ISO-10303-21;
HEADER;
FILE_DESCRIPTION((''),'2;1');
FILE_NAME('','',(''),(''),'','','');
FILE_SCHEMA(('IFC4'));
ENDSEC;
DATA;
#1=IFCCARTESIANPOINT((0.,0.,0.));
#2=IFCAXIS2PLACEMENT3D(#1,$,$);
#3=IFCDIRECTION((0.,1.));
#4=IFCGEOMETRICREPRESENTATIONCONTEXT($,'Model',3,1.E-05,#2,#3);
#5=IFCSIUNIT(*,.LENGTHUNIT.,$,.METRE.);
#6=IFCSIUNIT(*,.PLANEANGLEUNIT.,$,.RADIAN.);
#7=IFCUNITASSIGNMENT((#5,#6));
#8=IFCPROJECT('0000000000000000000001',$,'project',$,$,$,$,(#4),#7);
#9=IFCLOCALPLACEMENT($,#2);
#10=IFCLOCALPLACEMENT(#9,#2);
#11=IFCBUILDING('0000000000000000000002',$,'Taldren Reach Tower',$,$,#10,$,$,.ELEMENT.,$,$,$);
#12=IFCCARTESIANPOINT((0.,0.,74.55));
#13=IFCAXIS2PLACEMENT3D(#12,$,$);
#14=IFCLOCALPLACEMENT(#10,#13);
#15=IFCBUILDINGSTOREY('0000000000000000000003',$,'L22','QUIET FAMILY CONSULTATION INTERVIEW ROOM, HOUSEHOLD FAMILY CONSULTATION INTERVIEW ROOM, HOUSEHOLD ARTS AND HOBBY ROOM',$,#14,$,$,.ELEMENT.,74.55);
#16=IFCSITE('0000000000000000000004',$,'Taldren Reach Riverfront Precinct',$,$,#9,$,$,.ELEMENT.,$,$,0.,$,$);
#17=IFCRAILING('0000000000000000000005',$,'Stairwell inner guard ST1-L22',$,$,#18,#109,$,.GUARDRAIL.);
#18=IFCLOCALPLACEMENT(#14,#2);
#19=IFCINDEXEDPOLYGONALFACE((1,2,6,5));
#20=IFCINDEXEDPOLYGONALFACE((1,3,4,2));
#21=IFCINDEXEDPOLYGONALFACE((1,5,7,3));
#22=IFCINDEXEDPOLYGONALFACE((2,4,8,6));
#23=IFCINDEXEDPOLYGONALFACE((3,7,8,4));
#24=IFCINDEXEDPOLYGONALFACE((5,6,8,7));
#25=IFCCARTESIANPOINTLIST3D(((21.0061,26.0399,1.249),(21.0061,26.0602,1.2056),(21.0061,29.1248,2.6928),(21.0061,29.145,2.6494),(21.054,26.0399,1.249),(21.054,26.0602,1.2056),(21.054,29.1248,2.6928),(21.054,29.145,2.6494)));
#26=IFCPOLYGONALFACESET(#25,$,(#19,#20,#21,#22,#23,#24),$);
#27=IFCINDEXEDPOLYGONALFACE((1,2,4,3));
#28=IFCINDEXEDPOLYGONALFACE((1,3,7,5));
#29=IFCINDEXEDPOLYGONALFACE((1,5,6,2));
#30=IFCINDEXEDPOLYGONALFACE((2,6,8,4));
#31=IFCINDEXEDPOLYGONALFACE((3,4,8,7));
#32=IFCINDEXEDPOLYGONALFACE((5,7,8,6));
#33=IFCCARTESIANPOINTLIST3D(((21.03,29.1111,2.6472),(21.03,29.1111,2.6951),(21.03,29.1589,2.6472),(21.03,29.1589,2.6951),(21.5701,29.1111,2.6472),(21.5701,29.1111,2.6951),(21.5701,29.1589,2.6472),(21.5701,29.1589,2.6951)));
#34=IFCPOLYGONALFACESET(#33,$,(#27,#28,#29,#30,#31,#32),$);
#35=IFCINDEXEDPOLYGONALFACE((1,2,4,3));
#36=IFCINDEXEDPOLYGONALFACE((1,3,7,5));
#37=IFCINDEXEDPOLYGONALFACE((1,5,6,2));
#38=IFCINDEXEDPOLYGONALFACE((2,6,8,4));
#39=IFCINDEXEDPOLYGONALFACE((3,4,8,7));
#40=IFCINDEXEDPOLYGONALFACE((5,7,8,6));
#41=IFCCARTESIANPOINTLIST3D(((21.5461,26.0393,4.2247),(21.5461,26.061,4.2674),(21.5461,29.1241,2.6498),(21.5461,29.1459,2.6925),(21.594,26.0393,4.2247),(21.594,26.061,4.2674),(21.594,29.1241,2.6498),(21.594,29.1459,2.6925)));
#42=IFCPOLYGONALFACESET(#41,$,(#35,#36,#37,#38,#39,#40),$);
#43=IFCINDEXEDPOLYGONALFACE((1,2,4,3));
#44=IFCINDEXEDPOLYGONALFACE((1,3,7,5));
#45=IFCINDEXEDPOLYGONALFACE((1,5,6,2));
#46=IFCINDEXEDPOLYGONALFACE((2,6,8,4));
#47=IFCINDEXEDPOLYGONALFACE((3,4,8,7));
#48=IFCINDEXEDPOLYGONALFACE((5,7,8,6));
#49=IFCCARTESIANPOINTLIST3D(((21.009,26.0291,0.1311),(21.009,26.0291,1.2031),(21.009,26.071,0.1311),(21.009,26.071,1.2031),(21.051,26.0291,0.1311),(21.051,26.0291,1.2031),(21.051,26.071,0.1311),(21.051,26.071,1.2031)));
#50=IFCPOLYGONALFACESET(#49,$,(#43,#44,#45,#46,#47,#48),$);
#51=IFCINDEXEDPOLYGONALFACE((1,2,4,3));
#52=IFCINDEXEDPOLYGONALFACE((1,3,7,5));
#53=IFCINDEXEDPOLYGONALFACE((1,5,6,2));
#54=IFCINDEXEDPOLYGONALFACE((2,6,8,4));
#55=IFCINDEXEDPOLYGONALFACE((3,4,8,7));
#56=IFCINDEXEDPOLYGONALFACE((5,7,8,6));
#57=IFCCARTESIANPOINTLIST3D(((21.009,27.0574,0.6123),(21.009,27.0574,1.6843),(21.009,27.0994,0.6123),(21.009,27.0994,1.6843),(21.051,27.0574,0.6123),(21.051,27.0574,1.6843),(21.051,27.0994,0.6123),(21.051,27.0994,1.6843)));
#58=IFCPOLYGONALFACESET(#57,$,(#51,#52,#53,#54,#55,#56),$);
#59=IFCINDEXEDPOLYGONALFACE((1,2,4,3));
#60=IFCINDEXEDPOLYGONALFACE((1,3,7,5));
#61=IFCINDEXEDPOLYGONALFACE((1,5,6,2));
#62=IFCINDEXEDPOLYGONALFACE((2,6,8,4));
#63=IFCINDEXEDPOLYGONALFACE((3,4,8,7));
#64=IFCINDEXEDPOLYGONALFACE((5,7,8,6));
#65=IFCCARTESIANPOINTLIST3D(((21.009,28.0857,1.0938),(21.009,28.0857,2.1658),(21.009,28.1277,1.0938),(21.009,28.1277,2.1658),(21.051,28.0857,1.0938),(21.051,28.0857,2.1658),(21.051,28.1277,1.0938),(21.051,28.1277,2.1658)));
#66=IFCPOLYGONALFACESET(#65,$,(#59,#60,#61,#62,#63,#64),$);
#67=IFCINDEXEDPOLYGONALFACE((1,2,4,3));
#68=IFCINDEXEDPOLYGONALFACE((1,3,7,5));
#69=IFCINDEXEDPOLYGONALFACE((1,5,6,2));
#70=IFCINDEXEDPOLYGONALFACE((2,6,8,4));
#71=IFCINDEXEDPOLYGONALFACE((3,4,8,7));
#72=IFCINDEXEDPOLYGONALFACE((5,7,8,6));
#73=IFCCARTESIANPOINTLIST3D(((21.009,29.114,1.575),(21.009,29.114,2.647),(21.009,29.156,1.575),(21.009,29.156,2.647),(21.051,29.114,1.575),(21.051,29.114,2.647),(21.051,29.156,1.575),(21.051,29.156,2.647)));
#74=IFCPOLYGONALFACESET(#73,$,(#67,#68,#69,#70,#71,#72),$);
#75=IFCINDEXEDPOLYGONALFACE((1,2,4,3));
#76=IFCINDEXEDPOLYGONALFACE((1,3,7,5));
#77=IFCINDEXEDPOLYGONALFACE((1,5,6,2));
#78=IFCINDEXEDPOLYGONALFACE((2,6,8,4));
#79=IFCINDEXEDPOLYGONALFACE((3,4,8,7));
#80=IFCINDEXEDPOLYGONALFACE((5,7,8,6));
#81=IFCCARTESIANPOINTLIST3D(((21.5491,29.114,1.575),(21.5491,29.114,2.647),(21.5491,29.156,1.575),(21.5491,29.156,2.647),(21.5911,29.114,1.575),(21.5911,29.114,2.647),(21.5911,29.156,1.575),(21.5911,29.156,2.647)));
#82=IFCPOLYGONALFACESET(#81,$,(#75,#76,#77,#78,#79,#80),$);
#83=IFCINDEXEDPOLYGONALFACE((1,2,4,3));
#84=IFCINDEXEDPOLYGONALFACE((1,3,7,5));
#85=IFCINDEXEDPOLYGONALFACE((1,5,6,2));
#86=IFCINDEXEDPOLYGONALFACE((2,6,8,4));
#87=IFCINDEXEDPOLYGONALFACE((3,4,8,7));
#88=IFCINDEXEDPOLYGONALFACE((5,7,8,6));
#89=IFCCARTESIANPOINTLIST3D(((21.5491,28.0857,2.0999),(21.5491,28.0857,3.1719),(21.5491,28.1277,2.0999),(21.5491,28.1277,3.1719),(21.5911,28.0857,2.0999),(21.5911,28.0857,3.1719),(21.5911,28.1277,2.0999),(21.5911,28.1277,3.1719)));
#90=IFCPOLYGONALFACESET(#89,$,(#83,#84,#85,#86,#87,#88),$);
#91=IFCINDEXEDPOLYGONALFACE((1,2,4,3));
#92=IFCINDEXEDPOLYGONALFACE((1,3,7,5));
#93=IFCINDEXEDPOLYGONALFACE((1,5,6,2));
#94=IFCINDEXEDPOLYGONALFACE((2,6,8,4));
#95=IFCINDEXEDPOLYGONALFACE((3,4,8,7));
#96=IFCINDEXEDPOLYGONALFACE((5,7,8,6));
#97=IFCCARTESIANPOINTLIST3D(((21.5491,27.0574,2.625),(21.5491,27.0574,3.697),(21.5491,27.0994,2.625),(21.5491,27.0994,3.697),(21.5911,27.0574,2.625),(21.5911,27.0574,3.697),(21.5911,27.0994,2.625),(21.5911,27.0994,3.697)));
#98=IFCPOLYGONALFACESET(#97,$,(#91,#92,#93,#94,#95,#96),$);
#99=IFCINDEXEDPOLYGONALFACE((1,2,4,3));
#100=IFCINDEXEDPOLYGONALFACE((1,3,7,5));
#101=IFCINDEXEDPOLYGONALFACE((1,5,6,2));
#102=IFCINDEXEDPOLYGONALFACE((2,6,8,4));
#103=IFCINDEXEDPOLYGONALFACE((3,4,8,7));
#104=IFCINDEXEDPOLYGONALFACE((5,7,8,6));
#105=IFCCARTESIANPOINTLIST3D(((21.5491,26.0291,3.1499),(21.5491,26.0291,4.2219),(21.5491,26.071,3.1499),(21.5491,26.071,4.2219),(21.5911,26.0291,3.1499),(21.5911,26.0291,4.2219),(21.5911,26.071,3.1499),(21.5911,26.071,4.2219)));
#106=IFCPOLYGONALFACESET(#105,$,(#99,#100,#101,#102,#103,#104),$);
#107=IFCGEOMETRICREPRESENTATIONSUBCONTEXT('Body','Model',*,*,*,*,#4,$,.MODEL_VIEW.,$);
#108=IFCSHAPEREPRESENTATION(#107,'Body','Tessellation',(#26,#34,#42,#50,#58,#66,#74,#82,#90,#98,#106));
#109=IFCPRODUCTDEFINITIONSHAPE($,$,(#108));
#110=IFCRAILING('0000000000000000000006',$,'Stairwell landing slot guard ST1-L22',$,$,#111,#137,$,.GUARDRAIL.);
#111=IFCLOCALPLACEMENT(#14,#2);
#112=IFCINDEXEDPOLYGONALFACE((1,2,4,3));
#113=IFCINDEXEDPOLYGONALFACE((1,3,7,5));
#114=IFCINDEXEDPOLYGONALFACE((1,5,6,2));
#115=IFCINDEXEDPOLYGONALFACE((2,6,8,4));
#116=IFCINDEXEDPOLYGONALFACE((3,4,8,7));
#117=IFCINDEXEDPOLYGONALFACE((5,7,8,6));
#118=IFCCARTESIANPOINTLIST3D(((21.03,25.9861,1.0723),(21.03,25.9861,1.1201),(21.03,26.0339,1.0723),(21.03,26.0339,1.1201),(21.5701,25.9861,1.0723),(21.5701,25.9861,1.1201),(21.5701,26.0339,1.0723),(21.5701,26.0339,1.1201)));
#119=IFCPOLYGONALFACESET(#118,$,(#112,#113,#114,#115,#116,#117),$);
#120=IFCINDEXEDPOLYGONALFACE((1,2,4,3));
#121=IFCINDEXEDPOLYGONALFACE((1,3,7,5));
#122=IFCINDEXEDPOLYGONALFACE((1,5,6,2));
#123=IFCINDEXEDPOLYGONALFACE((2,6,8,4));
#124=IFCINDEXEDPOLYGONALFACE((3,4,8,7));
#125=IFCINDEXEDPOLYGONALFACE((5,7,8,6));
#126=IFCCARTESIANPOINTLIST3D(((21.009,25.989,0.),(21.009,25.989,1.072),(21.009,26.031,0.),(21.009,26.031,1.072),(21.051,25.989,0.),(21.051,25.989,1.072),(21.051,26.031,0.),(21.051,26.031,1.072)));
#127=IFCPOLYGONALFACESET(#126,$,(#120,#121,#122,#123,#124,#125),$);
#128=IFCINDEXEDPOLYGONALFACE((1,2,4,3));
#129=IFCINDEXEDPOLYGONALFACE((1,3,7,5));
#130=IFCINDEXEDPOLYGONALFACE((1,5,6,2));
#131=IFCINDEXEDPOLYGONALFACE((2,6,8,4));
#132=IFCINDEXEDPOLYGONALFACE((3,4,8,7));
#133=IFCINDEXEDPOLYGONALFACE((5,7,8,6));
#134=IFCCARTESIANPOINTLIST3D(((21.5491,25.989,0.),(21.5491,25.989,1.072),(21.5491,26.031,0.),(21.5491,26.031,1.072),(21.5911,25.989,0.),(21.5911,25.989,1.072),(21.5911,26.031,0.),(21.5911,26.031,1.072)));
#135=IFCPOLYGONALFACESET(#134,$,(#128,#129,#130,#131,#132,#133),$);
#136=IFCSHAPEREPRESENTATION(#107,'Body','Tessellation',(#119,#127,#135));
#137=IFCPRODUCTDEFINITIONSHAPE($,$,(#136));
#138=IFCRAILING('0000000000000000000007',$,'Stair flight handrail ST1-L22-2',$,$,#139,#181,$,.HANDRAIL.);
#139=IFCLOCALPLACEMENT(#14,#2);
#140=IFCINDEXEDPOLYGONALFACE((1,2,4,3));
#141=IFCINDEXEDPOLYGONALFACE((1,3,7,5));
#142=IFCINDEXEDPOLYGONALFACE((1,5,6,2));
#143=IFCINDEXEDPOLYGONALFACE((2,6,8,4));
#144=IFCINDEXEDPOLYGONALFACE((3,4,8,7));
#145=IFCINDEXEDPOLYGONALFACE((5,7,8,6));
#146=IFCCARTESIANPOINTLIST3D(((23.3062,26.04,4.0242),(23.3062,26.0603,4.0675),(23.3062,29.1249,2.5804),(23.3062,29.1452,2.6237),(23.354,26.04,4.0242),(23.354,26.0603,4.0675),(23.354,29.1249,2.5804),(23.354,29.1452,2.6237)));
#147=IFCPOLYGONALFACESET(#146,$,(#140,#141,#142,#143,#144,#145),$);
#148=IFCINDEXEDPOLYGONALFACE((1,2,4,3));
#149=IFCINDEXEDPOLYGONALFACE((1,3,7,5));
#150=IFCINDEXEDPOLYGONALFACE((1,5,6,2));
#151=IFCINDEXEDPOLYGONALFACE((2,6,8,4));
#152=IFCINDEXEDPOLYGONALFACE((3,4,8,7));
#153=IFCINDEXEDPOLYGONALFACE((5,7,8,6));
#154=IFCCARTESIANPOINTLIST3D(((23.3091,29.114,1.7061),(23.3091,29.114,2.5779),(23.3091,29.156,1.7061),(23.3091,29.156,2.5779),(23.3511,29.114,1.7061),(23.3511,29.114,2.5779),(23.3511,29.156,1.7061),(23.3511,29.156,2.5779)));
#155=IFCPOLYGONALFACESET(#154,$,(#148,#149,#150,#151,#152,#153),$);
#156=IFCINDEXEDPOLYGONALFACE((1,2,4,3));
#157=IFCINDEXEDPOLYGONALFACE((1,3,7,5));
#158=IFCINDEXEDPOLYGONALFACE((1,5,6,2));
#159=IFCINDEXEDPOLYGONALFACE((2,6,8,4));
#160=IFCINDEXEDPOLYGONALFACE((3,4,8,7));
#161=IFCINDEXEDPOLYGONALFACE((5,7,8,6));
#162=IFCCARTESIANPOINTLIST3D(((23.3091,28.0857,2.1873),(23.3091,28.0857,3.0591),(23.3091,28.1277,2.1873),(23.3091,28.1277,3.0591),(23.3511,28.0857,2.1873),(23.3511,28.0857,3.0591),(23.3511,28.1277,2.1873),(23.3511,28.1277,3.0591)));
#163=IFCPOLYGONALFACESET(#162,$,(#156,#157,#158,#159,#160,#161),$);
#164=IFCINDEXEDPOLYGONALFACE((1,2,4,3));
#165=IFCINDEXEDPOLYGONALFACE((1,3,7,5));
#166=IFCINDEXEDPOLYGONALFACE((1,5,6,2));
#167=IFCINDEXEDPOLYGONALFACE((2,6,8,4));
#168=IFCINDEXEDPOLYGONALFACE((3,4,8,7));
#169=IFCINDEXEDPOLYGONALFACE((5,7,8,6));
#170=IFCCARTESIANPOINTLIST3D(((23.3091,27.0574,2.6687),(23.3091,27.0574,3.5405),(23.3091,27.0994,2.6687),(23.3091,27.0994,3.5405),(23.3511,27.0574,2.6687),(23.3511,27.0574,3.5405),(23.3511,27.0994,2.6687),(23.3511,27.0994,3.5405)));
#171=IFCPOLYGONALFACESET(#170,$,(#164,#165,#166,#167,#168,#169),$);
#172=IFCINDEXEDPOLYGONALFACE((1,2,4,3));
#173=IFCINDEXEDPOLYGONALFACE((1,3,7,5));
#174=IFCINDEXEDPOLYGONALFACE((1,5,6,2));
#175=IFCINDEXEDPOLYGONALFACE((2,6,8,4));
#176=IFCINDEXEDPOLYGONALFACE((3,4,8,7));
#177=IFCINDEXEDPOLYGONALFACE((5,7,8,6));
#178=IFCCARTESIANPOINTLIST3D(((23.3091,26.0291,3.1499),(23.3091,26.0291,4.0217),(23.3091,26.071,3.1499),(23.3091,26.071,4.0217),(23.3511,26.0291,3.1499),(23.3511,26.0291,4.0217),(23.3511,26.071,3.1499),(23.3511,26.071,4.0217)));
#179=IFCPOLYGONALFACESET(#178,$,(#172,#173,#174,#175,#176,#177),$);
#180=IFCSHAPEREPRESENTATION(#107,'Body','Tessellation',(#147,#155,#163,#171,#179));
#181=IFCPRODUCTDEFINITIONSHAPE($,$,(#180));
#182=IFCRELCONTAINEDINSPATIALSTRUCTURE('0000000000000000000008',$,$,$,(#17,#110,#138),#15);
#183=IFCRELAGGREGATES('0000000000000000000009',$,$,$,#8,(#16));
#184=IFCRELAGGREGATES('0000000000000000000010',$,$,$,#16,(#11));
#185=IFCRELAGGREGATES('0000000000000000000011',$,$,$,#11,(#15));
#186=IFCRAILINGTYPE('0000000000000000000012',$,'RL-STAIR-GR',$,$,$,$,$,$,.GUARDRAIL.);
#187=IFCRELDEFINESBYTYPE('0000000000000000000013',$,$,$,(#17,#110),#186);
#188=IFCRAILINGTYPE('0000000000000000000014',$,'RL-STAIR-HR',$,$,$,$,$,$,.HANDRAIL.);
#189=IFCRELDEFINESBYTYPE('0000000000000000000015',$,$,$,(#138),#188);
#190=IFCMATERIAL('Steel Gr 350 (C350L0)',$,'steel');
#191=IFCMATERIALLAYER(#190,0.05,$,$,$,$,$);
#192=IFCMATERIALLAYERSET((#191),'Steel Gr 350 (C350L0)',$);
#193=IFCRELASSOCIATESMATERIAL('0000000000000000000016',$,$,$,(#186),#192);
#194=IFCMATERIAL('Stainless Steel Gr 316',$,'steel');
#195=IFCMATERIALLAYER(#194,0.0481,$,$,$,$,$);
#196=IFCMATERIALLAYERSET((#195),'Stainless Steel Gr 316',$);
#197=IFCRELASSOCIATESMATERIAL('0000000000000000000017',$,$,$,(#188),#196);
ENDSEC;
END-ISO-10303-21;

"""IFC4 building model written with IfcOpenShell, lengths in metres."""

from ifc_helpers import new_model, si_unit, direction, frame, origin, origin_2d, place, context, subcontext, project, spatial, rectangle, extrude, material, layer, layer_set, type_object, element, save


model = new_model("IFC4")

# Units and contexts
model_context = context("Model", 3, precision=1e-05, world=origin(), true_north=direction((0.0, 1.0)))
body_context = subcontext(model_context, "Body", "Model", "MODEL_VIEW")
ifc_project = project(units=[si_unit("LENGTHUNIT", "METRE"), si_unit("PLANEANGLEUNIT", "RADIAN")], contexts=[model_context])

# Site, building, storey
site_placement = place(None, origin())
site = spatial("IfcSite", under=ifc_project, at=site_placement, Name="Taldren Reach Riverfront Precinct", CompositionType="ELEMENT", RefElevation=0.0)
building_placement = place(site_placement, origin())
building = spatial("IfcBuilding", under=site, at=building_placement, Name="Taldren Reach Tower", CompositionType="ELEMENT")
storey_placement = place(building_placement, frame((0.0, 0.0, 74.55)))
storey = spatial("IfcBuildingStorey", under=building, at=storey_placement, Name="L22", Description="QUIET FAMILY CONSULTATION INTERVIEW ROOM, HOUSEHOLD FAMILY CONSULTATION INTERVIEW ROOM, HOUSEHOLD ARTS AND HOBBY ROOM", CompositionType="ELEMENT", Elevation=74.55)

# Railings
ifc_material_1 = material(Name="Steel Gr 350 (C350L0)", Category="steel")
ifc_layer_1 = layer(ifc_material_1, 0.05)
ifc_layer_set_1 = layer_set([ifc_layer_1], Name="Steel Gr 350 (C350L0)")
railing_type_1 = type_object("IfcRailingType", Name="RL-STAIR-GR", PredefinedType="GUARDRAIL", material=ifc_layer_set_1)
railing_1_placement = place(storey_placement, frame((21.03, 26.05, 0.1311)))
element("IfcRailing", 1, at=railing_1_placement, inside=storey, type_object=railing_type_1, Name="Stairwell inner guard ST1-L22", PredefinedType="GUARDRAIL", context=body_context, shape_type="SweptSolid", body=[
    extrude(rectangle(XDim=0.0479, YDim=0.0479, at=origin_2d()), frame((0.0, 0.0, 1.0962), z_axis=(0.0, 0.90571, 0.423898), x_axis=(-1.0, 0.0, 0.0)), (0.0, 0.0, 1.0), 3.406),
    extrude(rectangle(XDim=0.0479, YDim=0.0479, at=origin_2d()), frame((0.0, 3.085, 2.54), z_axis=(1.0, 0.0, 0.0), x_axis=(0.0, 1.0, 0.0)), (0.0, 0.0, 1.0), 0.54),
    extrude(rectangle(XDim=0.0479, YDim=0.0479, at=origin_2d()), frame((0.54, 3.085, 2.54), z_axis=(0.0, -0.890646, 0.454697), x_axis=(1.0, 0.0, 0.0)), (0.0, 0.0, 1.0), 3.4636),
    extrude(rectangle(XDim=0.042, YDim=0.042, at=origin_2d()), origin(), (0.0, 0.0, 1.0), 1.072),
    extrude(rectangle(XDim=0.042, YDim=0.042, at=origin_2d()), frame((0.0, 1.0283, 0.4812)), (0.0, 0.0, 1.0), 1.072),
    extrude(rectangle(XDim=0.042, YDim=0.042, at=origin_2d()), frame((0.0, 2.0566, 0.9626)), (0.0, 0.0, 1.0), 1.072),
    extrude(rectangle(XDim=0.042, YDim=0.042, at=origin_2d()), frame((0.0, 3.085, 1.4438)), (0.0, 0.0, 1.0), 1.072),
    extrude(rectangle(XDim=0.042, YDim=0.042, at=origin_2d()), frame((0.54, 3.085, 1.4438)), (0.0, 0.0, 1.0), 1.072),
    extrude(rectangle(XDim=0.042, YDim=0.042, at=origin_2d()), frame((0.54, 2.0566, 1.9688)), (0.0, 0.0, 1.0), 1.072),
    extrude(rectangle(XDim=0.042, YDim=0.042, at=origin_2d()), frame((0.54, 1.0283, 2.4939)), (0.0, 0.0, 1.0), 1.072),
    extrude(rectangle(XDim=0.042, YDim=0.042, at=origin_2d()), frame((0.54, 0.0, 3.0188)), (0.0, 0.0, 1.0), 1.072),
])
railing_2_placement = place(storey_placement, frame((21.03, 26.01, 0.0)))
element("IfcRailing", 2, at=railing_2_placement, inside=storey, type_object=railing_type_1, Name="Stairwell landing slot guard ST1-L22", PredefinedType="GUARDRAIL", context=body_context, shape_type="SweptSolid", body=[
    extrude(rectangle(XDim=0.0479, YDim=0.0479, at=origin_2d()), frame((0.0, 0.0, 1.0962), z_axis=(1.0, 0.0, 0.0), x_axis=(0.0, 1.0, 0.0)), (0.0, 0.0, 1.0), 0.54),
    extrude(rectangle(XDim=0.042, YDim=0.042, at=origin_2d()), origin(), (0.0, 0.0, 1.0), 1.072),
    extrude(rectangle(XDim=0.042, YDim=0.042, at=origin_2d()), frame((0.54, 0.0, 0.0)), (0.0, 0.0, 1.0), 1.072),
])
ifc_material_2 = material(Name="Stainless Steel Gr 316", Category="steel")
ifc_layer_2 = layer(ifc_material_2, 0.0481)
ifc_layer_set_2 = layer_set([ifc_layer_2], Name="Stainless Steel Gr 316")
railing_type_2 = type_object("IfcRailingType", Name="RL-STAIR-HR", PredefinedType="HANDRAIL", material=ifc_layer_set_2)
railing_3_placement = place(storey_placement, frame((23.3301, 29.135, 1.7061)))
element("IfcRailing", 3, at=railing_3_placement, inside=storey, type_object=railing_type_2, Name="Stair flight handrail ST1-L22-2", PredefinedType="HANDRAIL", context=body_context, shape_type="SweptSolid", body=[
    extrude(rectangle(XDim=0.0479, YDim=0.0479, at=origin_2d()), frame((0.0, 0.0, 0.896), z_axis=(0.0, -0.90571, 0.423898), x_axis=(1.0, 0.0, 0.0)), (0.0, 0.0, 1.0), 3.406),
    extrude(rectangle(XDim=0.042, YDim=0.042, at=origin_2d()), origin(), (0.0, 0.0, 1.0), 0.8718),
    extrude(rectangle(XDim=0.042, YDim=0.042, at=origin_2d()), frame((0.0, -1.0283, 0.4812)), (0.0, 0.0, 1.0), 0.8718),
    extrude(rectangle(XDim=0.042, YDim=0.042, at=origin_2d()), frame((0.0, -2.0566, 0.9626)), (0.0, 0.0, 1.0), 0.8718),
    extrude(rectangle(XDim=0.042, YDim=0.042, at=origin_2d()), frame((0.0, -3.085, 1.4438)), (0.0, 0.0, 1.0), 0.8718),
])

save(model, "model.ifc")
